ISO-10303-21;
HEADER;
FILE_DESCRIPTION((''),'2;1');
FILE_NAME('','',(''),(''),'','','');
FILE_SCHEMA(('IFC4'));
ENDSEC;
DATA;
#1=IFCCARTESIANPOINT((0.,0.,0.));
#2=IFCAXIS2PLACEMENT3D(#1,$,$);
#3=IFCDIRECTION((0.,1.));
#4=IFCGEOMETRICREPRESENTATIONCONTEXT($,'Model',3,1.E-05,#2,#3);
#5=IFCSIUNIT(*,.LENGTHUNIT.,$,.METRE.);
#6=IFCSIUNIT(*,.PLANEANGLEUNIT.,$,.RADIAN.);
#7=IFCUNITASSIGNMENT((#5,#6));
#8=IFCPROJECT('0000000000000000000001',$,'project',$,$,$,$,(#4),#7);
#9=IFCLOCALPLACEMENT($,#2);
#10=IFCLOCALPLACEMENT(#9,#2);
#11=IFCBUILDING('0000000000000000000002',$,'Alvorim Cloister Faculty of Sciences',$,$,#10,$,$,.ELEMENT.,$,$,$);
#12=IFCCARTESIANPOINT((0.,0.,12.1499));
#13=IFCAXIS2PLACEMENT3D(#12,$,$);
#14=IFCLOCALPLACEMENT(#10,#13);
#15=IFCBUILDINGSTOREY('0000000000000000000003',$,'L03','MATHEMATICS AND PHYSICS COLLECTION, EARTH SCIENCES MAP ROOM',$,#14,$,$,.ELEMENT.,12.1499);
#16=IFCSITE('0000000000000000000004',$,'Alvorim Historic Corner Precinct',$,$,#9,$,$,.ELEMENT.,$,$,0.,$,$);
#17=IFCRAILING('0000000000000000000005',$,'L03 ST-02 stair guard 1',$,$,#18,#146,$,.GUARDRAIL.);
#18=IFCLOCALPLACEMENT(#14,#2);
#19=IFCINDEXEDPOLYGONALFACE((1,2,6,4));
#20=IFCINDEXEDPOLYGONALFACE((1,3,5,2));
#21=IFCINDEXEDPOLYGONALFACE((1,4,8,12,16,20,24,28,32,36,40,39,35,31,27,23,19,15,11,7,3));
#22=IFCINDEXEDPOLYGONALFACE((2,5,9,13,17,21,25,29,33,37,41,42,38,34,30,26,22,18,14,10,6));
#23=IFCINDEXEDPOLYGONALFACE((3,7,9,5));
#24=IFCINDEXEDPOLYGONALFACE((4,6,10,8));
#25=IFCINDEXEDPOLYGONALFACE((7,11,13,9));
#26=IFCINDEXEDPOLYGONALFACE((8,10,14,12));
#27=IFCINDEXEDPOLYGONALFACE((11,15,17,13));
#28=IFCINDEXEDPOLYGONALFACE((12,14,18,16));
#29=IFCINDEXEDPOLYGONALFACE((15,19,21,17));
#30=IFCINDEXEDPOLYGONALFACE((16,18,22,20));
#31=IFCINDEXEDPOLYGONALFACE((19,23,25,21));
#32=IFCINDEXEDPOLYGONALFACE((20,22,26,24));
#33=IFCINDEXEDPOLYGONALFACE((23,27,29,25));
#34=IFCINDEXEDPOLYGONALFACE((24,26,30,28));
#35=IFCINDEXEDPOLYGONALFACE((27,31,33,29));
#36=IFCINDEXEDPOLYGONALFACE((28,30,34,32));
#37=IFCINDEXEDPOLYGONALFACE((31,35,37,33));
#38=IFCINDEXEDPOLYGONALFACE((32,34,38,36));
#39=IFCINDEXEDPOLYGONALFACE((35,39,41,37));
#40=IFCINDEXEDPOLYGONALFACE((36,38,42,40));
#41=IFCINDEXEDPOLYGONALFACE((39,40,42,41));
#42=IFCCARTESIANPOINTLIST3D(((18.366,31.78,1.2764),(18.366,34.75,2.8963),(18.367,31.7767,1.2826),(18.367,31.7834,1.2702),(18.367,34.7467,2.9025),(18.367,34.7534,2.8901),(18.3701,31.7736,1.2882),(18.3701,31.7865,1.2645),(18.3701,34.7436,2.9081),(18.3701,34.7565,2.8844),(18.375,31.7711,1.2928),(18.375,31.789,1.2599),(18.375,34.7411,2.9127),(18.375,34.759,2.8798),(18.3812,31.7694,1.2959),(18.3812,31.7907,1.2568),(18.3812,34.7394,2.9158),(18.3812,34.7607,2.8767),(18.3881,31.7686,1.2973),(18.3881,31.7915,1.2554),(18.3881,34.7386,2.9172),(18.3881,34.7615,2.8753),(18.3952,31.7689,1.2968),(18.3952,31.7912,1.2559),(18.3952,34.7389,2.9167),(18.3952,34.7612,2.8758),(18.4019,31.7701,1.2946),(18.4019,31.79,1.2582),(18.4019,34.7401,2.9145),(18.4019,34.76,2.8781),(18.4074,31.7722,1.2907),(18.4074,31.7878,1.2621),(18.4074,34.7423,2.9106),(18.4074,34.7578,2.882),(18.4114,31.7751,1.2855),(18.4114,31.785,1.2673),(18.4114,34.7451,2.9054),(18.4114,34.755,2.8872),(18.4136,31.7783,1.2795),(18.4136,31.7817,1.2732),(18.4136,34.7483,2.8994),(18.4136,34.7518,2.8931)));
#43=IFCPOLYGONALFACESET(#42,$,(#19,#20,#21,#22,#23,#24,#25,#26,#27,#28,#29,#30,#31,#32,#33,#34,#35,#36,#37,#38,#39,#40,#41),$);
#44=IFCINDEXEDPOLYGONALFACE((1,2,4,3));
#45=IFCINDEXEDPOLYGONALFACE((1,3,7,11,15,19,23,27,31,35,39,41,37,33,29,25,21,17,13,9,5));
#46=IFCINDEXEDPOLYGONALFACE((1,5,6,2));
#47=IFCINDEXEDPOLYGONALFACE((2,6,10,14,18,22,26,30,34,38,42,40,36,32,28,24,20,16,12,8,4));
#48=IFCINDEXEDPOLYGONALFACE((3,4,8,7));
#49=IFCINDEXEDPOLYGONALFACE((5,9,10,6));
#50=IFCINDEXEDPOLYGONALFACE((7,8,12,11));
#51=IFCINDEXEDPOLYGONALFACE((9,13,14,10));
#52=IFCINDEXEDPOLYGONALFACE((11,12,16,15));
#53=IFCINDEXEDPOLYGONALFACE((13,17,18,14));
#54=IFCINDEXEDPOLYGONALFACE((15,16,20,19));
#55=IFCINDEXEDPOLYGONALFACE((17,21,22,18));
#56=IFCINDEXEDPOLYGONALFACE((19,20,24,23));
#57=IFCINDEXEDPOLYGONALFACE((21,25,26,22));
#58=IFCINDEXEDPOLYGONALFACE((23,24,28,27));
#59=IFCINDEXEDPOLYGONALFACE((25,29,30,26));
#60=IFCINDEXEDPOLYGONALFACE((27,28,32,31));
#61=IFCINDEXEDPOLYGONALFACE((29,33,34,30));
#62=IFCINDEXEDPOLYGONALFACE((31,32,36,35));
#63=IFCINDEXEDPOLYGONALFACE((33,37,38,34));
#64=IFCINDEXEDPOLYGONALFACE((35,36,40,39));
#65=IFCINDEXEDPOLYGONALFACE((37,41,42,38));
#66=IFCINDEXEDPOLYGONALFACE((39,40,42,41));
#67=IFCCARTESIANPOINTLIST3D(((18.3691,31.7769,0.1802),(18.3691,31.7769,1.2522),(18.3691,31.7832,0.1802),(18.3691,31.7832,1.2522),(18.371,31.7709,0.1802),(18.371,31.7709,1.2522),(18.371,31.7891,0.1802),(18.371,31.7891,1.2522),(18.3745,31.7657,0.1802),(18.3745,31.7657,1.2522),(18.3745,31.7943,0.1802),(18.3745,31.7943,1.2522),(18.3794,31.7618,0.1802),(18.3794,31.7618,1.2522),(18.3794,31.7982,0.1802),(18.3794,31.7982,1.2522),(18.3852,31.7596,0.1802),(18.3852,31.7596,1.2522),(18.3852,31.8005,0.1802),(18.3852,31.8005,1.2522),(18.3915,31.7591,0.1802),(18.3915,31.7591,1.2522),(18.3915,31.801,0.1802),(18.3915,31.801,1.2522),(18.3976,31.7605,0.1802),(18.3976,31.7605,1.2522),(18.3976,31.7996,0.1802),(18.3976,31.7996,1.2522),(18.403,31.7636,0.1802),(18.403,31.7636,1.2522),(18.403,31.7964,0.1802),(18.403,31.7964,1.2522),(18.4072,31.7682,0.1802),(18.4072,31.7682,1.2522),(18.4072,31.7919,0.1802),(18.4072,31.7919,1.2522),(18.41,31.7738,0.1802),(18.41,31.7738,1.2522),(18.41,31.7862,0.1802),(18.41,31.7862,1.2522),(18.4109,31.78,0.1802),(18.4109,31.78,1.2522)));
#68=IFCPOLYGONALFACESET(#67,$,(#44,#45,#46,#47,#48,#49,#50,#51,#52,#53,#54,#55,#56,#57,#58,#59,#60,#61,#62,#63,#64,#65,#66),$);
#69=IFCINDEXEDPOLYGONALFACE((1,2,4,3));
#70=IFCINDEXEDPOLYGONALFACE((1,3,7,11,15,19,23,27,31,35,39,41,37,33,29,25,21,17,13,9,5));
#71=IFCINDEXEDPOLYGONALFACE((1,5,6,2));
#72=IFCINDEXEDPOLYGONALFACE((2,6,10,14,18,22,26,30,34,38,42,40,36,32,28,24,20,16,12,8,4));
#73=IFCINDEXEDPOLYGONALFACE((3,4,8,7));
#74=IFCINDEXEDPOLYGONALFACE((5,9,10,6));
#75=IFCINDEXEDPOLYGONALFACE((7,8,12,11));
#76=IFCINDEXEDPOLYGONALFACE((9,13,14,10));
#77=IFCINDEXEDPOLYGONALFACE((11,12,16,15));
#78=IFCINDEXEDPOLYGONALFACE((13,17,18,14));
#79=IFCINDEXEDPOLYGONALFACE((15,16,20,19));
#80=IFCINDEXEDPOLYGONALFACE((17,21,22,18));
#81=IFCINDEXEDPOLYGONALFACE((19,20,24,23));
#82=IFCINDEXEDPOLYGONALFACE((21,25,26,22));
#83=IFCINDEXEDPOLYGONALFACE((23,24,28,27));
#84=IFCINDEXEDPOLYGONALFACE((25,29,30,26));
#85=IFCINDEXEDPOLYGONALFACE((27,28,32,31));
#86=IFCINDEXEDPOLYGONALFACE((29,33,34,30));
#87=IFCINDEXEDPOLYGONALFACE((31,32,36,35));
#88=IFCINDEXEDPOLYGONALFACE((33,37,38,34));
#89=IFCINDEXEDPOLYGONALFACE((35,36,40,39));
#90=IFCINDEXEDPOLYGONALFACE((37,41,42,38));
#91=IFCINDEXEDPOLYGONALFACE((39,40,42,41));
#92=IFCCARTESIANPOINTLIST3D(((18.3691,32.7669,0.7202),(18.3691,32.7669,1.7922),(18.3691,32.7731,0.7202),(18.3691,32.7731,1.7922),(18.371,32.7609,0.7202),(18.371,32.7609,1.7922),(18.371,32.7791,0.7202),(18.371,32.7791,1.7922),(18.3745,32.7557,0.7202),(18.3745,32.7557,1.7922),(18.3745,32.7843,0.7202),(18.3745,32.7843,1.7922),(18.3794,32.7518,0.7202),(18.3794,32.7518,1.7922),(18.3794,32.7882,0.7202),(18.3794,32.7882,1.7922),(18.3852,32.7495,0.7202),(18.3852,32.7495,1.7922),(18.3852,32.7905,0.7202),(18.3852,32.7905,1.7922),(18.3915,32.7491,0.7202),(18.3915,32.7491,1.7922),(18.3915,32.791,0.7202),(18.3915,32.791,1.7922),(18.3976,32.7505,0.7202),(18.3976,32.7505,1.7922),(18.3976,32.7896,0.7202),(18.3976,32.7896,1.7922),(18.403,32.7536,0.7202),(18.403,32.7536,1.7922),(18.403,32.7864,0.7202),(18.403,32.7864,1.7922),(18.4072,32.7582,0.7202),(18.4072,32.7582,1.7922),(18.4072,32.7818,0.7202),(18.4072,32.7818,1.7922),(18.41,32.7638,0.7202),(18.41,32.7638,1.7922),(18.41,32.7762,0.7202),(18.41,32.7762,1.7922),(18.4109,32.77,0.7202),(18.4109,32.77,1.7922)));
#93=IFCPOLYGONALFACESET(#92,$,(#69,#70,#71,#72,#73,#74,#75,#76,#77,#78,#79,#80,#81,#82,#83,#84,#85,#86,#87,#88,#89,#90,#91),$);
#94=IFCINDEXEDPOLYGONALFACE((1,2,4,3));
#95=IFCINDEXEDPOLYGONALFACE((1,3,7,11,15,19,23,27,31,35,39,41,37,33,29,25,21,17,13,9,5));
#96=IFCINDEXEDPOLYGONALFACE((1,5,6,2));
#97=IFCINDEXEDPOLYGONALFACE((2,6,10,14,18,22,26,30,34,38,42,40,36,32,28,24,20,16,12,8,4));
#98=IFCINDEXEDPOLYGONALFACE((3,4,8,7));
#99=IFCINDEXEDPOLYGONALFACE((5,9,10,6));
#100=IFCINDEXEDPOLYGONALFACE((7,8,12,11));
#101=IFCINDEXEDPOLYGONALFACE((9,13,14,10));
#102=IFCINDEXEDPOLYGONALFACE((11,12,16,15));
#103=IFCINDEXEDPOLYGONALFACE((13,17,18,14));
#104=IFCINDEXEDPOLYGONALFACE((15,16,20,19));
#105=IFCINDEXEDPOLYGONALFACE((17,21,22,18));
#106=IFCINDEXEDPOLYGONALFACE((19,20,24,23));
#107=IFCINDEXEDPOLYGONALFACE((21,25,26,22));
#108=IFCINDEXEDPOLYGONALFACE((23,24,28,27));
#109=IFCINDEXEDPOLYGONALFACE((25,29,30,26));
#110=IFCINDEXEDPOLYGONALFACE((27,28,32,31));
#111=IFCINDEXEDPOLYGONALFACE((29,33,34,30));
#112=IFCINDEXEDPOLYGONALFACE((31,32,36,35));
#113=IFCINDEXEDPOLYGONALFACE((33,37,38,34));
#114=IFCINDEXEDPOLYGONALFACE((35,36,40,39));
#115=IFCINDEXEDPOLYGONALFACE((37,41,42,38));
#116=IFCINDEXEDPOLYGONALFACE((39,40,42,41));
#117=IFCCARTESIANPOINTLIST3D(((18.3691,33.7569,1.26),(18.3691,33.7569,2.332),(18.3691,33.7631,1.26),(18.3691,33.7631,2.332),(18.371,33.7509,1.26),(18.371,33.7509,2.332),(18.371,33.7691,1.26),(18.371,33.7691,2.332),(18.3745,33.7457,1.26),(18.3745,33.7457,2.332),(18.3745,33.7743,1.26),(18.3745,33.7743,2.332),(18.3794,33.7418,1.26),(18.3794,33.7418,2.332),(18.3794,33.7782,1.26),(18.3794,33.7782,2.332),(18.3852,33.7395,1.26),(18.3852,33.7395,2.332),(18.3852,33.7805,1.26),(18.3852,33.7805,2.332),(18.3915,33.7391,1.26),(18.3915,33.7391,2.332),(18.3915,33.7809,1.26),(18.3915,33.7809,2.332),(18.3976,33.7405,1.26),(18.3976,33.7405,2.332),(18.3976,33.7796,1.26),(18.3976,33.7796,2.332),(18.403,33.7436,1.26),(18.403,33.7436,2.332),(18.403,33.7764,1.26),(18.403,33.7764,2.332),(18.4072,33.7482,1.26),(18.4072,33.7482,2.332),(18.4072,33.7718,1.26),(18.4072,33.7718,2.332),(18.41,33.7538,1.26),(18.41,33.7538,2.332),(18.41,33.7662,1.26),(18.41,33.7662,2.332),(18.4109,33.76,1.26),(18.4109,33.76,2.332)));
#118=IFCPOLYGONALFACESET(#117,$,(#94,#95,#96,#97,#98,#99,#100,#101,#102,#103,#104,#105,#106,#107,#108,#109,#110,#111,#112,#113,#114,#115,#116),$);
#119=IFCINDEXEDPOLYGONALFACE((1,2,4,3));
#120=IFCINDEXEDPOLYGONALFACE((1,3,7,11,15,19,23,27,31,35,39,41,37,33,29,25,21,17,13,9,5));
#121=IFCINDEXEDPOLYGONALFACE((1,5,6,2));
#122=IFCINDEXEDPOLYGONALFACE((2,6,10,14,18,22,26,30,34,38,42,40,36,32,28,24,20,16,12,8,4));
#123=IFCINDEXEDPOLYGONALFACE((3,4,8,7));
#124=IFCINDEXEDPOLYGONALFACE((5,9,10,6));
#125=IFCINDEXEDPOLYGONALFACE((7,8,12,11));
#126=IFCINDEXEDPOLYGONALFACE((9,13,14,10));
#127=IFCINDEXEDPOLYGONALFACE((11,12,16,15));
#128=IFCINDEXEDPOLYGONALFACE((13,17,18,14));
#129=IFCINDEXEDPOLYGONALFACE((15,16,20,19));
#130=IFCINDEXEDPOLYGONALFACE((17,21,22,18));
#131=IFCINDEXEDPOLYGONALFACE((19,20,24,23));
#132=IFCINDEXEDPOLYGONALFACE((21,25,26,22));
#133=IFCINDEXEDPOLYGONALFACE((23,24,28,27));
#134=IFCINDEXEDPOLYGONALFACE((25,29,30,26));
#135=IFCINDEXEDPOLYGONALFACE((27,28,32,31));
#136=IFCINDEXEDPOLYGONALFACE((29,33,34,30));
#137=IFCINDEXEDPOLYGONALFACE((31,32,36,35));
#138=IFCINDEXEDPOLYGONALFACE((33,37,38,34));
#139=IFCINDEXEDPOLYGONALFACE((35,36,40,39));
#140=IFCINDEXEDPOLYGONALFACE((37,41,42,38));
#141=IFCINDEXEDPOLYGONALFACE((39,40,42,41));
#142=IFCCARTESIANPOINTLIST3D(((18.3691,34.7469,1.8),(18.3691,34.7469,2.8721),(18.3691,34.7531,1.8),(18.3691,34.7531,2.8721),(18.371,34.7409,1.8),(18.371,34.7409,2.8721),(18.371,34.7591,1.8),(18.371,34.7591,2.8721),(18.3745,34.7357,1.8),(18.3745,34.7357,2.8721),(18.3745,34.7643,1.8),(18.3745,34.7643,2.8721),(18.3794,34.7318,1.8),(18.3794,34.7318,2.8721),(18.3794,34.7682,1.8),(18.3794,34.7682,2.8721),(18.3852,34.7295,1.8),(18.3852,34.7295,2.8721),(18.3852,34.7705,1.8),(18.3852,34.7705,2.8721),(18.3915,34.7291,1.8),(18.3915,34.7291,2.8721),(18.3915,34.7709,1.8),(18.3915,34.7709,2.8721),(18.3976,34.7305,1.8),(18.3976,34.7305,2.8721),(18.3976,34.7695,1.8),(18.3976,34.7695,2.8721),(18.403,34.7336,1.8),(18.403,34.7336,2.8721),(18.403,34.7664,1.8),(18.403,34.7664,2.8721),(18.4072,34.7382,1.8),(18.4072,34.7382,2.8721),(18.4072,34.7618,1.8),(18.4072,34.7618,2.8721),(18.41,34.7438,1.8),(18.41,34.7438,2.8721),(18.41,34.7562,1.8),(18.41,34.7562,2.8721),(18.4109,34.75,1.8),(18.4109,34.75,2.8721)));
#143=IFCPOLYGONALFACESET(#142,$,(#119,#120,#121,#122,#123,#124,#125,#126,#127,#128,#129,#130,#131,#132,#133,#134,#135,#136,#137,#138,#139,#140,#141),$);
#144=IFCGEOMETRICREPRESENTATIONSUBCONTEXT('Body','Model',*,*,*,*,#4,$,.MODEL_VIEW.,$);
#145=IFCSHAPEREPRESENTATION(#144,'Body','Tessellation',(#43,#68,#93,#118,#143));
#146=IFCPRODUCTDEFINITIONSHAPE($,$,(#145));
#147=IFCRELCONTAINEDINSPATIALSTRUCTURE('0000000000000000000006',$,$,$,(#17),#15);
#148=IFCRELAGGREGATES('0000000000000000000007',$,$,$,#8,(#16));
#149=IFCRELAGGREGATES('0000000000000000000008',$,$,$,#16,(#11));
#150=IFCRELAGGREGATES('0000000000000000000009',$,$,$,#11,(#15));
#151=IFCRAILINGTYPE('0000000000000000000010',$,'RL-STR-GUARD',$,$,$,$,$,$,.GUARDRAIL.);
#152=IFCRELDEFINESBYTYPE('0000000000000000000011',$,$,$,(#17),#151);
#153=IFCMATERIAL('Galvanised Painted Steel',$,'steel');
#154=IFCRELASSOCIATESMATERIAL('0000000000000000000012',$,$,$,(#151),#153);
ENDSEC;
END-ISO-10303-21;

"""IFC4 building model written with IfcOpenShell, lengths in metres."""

from ifc_helpers import new_model, si_unit, direction, frame, origin, origin_2d, place, context, subcontext, project, spatial, circle, extrude, material, type_object, element, save


model = new_model("IFC4")

# Units and contexts
model_context = context("Model", 3, precision=1e-05, world=origin(), true_north=direction((0.0, 1.0)))
body_context = subcontext(model_context, "Body", "Model", "MODEL_VIEW")
ifc_project = project(units=[si_unit("LENGTHUNIT", "METRE"), si_unit("PLANEANGLEUNIT", "RADIAN")], contexts=[model_context])

# Site, building, storey
site_placement = place(None, origin())
site = spatial("IfcSite", under=ifc_project, at=site_placement, Name="Alvorim Historic Corner Precinct", CompositionType="ELEMENT", RefElevation=0.0)
building_placement = place(site_placement, origin())
building = spatial("IfcBuilding", under=site, at=building_placement, Name="Alvorim Cloister Faculty of Sciences", CompositionType="ELEMENT")
storey_placement = place(building_placement, frame((0.0, 0.0, 12.1499)))
storey = spatial("IfcBuildingStorey", under=building, at=storey_placement, Name="L03", Description="MATHEMATICS AND PHYSICS COLLECTION, EARTH SCIENCES MAP ROOM", CompositionType="ELEMENT", Elevation=12.1499)

# Railing
ifc_material_1 = material(Name="Galvanised Painted Steel", Category="steel")
railing_type_1 = type_object("IfcRailingType", Name="RL-STR-GUARD", PredefinedType="GUARDRAIL", material=ifc_material_1)
railing_1_placement = place(storey_placement, frame((18.3899, 31.78, 0.1802)))
element("IfcRailing", 1, at=railing_1_placement, inside=storey, type_object=railing_type_1, Name="L03 ST-02 stair guard 1", PredefinedType="GUARDRAIL", context=body_context, shape_type="SweptSolid", body=[
    extrude(circle(Radius=0.0239, at=origin_2d()), frame((0.0, 0.0, 1.0962), z_axis=(0.0, 0.877909, 0.478827), x_axis=(-1.0, 0.0, 0.0)), (0.0, 0.0, 1.0), 3.3831),
    extrude(circle(Radius=0.021, at=origin_2d()), origin(), (0.0, 0.0, 1.0), 1.072),
    extrude(circle(Radius=0.021, at=origin_2d()), frame((0.0, 0.99, 0.54)), (0.0, 0.0, 1.0), 1.072),
    extrude(circle(Radius=0.021, at=origin_2d()), frame((0.0, 1.98, 1.0798)), (0.0, 0.0, 1.0), 1.072),
    extrude(circle(Radius=0.021, at=origin_2d()), frame((0.0, 2.97, 1.6199)), (0.0, 0.0, 1.0), 1.072),
])

save(model, "model.ifc")
